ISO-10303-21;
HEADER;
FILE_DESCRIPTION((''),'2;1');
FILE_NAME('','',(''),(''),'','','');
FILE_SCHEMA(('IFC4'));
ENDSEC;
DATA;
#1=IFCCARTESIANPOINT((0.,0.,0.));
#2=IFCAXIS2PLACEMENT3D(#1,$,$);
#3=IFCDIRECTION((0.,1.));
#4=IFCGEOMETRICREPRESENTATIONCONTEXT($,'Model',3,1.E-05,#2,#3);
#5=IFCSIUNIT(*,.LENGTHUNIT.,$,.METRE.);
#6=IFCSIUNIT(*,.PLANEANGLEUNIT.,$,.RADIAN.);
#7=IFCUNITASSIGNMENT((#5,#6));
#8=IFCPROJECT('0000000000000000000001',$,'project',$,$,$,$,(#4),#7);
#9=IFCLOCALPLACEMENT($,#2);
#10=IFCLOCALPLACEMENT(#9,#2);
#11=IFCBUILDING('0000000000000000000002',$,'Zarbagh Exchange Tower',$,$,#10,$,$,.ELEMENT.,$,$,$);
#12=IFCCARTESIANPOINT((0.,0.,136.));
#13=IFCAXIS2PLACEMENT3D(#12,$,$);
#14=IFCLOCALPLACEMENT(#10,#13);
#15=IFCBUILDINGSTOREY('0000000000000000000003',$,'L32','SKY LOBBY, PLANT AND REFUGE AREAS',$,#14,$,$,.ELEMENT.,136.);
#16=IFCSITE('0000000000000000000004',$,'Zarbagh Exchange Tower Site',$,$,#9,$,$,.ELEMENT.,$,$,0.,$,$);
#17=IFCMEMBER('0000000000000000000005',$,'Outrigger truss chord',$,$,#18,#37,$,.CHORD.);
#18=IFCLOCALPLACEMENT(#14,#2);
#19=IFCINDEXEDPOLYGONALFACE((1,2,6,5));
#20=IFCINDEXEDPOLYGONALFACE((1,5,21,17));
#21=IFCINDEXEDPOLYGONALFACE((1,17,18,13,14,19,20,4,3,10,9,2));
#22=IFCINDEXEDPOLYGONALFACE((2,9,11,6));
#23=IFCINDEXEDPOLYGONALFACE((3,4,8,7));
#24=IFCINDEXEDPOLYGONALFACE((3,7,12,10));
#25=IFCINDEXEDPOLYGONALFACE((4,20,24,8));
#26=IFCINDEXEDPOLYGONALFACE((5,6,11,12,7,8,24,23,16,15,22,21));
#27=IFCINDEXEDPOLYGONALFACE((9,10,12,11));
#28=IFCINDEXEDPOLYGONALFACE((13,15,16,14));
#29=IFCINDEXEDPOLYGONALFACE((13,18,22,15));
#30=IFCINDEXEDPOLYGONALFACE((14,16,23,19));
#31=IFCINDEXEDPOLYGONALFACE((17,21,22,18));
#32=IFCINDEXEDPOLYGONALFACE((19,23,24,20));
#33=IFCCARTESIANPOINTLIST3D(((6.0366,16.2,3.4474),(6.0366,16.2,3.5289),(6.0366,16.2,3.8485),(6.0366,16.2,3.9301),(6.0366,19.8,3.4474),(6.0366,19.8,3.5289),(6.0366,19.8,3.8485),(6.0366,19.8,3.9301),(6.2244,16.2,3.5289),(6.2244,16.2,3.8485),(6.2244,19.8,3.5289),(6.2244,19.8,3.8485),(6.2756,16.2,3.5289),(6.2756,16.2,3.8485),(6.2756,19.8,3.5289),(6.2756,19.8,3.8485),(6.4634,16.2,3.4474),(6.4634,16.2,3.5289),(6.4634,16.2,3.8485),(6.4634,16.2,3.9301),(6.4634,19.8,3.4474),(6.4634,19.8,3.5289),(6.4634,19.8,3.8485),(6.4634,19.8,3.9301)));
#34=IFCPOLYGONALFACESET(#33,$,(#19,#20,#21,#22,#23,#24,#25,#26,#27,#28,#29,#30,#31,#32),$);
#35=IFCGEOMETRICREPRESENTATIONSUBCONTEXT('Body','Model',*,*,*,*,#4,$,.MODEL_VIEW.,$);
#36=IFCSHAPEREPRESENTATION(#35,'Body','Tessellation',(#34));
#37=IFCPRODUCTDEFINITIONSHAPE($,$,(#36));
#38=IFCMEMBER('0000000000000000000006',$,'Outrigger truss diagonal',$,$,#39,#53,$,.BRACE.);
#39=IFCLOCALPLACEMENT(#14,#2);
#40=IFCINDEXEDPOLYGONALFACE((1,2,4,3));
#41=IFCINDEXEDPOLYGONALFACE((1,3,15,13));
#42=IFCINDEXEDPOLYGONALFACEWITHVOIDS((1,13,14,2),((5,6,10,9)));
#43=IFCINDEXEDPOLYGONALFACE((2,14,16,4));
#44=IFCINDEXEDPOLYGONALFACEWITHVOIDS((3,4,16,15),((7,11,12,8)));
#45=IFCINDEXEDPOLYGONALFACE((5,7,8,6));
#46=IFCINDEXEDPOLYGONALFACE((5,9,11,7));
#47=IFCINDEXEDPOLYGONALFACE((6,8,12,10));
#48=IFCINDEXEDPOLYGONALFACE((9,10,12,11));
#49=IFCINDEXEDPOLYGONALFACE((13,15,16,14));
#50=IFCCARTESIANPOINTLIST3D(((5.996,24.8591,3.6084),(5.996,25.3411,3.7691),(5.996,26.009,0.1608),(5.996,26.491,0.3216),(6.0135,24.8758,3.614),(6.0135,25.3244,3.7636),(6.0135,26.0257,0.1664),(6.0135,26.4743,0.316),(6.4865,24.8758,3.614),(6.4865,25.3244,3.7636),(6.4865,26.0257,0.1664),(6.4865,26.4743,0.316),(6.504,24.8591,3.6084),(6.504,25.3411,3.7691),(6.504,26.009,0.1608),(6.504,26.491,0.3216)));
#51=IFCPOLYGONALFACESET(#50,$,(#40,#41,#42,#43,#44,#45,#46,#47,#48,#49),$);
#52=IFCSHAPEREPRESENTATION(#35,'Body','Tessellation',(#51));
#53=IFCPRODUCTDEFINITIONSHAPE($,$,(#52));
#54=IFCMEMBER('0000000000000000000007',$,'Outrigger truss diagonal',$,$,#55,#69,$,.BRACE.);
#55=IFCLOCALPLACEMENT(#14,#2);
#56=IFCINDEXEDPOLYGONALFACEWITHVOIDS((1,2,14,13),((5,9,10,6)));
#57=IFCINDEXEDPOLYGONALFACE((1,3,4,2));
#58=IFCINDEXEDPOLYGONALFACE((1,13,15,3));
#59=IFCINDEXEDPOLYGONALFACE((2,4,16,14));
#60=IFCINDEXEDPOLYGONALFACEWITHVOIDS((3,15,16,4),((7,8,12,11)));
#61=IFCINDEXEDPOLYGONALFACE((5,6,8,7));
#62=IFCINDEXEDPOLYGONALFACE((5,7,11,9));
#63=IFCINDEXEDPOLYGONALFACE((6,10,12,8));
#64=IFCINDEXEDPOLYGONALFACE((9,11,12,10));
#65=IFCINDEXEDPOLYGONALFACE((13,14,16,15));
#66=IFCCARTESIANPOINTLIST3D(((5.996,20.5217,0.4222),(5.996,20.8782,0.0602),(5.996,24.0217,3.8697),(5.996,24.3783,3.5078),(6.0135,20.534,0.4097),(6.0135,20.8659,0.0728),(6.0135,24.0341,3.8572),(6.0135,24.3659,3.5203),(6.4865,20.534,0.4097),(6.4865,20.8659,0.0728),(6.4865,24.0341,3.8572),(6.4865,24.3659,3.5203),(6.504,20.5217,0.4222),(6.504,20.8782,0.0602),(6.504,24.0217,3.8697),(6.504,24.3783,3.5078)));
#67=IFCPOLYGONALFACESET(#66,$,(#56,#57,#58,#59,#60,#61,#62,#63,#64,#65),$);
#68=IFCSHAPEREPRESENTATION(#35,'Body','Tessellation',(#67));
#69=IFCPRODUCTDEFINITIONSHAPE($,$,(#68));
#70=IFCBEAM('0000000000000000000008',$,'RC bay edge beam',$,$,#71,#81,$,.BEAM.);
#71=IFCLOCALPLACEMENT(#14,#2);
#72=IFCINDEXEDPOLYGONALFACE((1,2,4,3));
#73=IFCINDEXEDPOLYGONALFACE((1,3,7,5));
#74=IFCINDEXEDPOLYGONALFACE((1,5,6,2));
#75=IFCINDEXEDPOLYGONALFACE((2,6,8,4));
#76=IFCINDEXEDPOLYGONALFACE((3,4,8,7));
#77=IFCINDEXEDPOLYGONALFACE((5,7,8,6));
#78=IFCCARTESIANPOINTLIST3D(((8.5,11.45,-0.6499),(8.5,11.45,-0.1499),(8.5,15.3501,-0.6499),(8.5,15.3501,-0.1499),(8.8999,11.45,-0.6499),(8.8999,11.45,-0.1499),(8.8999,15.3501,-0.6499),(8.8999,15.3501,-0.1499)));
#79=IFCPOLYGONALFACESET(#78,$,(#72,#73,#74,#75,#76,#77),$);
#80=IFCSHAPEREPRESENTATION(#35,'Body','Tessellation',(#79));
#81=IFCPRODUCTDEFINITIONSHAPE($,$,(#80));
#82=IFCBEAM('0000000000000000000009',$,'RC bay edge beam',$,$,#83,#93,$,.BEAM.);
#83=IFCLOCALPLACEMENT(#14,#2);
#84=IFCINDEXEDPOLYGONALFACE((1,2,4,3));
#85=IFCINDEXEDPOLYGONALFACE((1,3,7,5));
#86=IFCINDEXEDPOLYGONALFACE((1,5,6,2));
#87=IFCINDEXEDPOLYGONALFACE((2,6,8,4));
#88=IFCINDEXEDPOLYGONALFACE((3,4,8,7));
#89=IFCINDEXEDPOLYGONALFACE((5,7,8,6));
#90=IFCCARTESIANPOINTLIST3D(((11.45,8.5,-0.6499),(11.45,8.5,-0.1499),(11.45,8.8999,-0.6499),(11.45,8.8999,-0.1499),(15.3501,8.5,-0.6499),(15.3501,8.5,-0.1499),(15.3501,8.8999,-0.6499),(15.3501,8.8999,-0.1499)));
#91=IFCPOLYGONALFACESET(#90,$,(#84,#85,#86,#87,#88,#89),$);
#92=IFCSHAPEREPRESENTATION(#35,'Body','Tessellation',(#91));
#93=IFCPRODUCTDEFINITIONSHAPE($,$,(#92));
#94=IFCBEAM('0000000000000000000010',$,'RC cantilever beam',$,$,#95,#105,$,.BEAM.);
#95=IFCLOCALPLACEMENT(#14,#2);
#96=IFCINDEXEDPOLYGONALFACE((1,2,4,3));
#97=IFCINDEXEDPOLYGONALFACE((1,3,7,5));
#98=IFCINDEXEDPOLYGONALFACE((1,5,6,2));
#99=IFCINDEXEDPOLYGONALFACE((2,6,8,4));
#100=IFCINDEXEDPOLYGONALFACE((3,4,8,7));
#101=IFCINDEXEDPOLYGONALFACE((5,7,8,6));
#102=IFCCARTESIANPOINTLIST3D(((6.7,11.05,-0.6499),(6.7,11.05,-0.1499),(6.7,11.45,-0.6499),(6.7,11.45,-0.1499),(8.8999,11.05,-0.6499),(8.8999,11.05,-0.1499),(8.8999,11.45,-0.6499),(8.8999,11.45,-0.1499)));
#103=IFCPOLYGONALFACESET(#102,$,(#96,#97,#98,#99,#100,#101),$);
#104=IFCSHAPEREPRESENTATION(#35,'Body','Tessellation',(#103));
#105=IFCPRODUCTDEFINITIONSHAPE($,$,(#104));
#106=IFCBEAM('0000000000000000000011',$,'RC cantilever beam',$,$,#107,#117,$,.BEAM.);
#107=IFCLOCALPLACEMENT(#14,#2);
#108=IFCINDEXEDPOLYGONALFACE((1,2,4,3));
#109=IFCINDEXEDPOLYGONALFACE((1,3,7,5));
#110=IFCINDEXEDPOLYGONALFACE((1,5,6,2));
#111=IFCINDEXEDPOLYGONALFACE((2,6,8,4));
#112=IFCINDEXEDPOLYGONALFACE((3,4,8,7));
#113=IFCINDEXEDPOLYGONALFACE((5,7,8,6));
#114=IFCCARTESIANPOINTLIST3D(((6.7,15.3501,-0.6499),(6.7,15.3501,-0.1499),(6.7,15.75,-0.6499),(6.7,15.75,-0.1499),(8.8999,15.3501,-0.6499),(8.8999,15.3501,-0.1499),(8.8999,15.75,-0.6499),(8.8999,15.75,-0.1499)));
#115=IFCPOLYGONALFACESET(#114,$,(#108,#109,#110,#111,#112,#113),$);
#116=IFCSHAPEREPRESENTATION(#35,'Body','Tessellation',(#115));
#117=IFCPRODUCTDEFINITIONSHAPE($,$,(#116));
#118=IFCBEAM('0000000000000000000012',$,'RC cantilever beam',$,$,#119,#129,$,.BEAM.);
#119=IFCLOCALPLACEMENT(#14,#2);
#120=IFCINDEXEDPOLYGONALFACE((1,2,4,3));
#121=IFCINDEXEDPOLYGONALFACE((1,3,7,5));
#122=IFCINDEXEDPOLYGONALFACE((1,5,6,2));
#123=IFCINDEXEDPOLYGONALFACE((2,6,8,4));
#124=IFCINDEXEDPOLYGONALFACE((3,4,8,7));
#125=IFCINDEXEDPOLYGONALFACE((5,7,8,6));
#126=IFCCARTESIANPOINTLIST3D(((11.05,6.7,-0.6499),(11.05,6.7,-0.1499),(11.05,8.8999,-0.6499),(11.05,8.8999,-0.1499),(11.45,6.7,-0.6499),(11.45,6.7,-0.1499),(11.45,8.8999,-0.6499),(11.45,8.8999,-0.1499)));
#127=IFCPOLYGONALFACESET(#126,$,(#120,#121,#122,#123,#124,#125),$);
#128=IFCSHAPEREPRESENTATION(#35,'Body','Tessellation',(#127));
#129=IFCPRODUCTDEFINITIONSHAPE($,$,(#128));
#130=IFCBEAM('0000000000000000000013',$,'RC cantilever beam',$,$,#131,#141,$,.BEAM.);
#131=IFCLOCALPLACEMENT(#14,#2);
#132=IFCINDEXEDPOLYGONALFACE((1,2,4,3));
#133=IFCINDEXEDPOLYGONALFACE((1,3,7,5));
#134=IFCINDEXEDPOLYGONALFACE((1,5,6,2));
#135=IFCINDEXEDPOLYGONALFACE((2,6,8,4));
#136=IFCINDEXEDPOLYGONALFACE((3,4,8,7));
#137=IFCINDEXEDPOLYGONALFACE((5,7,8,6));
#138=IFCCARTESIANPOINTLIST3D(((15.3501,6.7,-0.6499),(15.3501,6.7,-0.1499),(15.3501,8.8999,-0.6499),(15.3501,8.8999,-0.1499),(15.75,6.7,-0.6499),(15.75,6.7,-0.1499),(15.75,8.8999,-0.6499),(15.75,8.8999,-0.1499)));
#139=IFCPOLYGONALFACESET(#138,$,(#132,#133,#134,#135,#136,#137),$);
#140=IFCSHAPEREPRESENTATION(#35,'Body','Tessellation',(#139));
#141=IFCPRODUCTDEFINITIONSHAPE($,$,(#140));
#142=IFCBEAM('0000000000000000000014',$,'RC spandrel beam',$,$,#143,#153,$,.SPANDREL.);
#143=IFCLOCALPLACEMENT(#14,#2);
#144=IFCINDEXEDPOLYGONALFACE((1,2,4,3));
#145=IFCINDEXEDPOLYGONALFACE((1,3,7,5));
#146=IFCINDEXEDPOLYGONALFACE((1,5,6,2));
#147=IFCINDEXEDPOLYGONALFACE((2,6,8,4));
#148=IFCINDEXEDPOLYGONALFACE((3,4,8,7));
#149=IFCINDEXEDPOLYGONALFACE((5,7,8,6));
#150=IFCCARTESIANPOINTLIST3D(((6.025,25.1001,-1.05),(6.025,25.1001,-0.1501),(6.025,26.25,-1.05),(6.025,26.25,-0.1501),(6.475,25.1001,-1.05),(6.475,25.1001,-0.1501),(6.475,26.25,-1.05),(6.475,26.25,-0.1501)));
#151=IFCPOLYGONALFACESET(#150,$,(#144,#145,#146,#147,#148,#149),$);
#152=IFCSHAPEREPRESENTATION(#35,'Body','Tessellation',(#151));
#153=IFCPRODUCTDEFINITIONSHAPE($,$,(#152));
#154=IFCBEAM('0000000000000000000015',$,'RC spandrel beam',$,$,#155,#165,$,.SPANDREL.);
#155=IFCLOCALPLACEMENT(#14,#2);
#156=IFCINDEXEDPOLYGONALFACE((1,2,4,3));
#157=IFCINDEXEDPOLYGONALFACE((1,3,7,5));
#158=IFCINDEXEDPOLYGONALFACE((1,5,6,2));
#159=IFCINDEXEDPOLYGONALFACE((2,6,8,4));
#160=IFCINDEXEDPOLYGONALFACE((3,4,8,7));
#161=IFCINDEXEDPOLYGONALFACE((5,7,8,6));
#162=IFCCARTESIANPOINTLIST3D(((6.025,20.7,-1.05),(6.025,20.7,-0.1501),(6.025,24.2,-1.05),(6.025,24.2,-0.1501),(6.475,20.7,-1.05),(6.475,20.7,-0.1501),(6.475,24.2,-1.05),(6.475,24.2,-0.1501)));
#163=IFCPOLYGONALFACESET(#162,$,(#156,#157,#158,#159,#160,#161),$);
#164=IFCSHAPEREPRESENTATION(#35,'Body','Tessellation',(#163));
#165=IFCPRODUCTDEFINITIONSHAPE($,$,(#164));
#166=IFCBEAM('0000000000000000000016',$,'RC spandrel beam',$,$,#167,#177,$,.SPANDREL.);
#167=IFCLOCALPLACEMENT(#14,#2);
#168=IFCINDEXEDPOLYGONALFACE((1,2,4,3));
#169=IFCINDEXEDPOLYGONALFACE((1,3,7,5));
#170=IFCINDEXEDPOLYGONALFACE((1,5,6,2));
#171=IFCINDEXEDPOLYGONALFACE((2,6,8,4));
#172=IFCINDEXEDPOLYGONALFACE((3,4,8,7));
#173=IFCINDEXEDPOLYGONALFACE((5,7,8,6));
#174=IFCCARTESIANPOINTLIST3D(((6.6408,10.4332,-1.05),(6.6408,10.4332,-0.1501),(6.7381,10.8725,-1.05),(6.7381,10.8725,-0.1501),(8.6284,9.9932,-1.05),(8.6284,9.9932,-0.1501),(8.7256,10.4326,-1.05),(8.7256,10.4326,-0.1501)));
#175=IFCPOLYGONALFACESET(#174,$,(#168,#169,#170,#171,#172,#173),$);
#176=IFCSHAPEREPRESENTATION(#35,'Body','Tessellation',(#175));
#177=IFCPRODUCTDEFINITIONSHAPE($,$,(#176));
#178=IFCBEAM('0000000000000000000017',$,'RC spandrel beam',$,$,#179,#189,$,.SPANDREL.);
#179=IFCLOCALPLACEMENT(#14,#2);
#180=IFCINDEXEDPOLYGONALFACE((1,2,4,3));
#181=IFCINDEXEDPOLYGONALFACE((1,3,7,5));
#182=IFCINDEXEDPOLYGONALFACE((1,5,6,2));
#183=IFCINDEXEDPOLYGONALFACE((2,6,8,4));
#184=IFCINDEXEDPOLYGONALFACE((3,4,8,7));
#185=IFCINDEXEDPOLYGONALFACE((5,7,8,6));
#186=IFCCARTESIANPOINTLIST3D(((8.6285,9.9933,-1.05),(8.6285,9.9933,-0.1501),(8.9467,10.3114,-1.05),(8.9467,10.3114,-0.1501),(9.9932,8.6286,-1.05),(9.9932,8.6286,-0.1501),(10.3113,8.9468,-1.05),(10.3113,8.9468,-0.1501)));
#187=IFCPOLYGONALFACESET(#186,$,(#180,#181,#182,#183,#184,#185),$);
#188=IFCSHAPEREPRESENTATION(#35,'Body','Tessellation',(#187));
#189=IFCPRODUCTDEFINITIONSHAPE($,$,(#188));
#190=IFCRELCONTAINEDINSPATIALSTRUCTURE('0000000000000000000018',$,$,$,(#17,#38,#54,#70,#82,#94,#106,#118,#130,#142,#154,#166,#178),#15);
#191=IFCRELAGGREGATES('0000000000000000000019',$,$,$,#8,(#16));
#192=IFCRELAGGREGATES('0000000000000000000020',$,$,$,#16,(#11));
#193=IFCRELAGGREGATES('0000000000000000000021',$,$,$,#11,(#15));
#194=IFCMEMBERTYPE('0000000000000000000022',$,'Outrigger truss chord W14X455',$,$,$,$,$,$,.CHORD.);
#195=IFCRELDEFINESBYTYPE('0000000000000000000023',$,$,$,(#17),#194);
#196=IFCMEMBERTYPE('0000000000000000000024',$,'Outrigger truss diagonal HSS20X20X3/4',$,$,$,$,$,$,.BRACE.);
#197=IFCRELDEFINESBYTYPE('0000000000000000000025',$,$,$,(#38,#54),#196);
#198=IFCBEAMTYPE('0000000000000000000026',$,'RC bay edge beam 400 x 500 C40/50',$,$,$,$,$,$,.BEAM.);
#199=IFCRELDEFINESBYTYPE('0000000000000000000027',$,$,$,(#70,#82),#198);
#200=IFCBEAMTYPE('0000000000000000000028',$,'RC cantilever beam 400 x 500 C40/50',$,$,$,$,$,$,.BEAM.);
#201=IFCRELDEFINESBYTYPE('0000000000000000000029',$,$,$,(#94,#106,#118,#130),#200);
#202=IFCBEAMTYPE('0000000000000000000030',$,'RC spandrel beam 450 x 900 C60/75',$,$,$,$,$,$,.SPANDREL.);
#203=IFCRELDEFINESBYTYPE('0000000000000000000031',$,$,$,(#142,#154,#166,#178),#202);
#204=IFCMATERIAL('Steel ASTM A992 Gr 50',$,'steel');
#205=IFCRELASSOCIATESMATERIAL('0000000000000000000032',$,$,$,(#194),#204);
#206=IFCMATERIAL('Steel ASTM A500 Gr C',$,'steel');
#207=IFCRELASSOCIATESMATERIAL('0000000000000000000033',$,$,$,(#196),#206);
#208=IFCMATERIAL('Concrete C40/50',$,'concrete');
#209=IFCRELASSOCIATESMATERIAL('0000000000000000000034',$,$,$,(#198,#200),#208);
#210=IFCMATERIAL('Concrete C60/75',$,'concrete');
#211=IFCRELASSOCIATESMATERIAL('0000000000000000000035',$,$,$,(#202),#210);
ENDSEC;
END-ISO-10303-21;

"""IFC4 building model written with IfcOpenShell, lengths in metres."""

from ifc_helpers import new_model, si_unit, direction, frame, origin, origin_2d, place, context, subcontext, project, spatial, rectangle, hollow_rectangle, i_section, extrude, material, material_profile, profile_set, type_object, element, save


model = new_model("IFC4")

# Units and contexts
model_context = context("Model", 3, precision=1e-05, world=origin(), true_north=direction((0.0, 1.0)))
body_context = subcontext(model_context, "Body", "Model", "MODEL_VIEW")
ifc_project = project(units=[si_unit("LENGTHUNIT", "METRE"), si_unit("PLANEANGLEUNIT", "RADIAN")], contexts=[model_context])

# Site, building, storey
site_placement = place(None, origin())
site = spatial("IfcSite", under=ifc_project, at=site_placement, Name="Zarbagh Exchange Tower Site", CompositionType="ELEMENT", RefElevation=0.0)
building_placement = place(site_placement, origin())
building = spatial("IfcBuilding", under=site, at=building_placement, Name="Zarbagh Exchange Tower", CompositionType="ELEMENT")
storey_placement = place(building_placement, frame((0.0, 0.0, 136.0)))
storey = spatial("IfcBuildingStorey", under=building, at=storey_placement, Name="L32", Description="SKY LOBBY, PLANT AND REFUGE AREAS", CompositionType="ELEMENT", Elevation=136.0)

# Shared definitions
ifc_material_1 = material(Name="Concrete C60/75", Category="concrete")

# Members
ifc_material_2 = material(Name="Steel ASTM A992 Gr 50", Category="steel")
ifc_material_3 = material(Name="Steel ASTM A500 Gr C", Category="steel")
ifc_material_profile_1 = material_profile(ifc_material_2, i_section(OverallWidth=0.4268, OverallDepth=0.4827, WebThickness=0.0513, FlangeThickness=0.0815, at=origin_2d()), Name="W14X455")
ifc_profile_set_1 = profile_set([ifc_material_profile_1], Name="Steel ASTM A992 Gr 50")
member_type_1 = type_object("IfcMemberType", Name="Outrigger truss chord W14X455", PredefinedType="CHORD", material=ifc_profile_set_1)
member_1_placement = place(storey_placement, frame((6.25, 19.8, 3.6887), z_axis=(0.0, -1.0, 0.0), x_axis=(1.0, 0.0, 0.0)))
element("IfcMember", 1, at=member_1_placement, inside=storey, type_object=member_type_1, Name="Outrigger truss chord", PredefinedType="CHORD", context=body_context, shape_type="SweptSolid", body=[
    extrude(i_section(OverallWidth=0.4268, OverallDepth=0.4827, WebThickness=0.0513, FlangeThickness=0.0815, at=origin_2d()), origin(), (0.0, 0.0, 1.0), 3.6001),
])
ifc_material_profile_2 = material_profile(ifc_material_3, hollow_rectangle(XDim=0.5081, YDim=0.5081, WallThickness=0.0176, at=origin_2d()), Name="HSS20X20X3/4")
ifc_profile_set_2 = profile_set([ifc_material_profile_2], Name="Steel ASTM A500 Gr C")
member_type_2 = type_object("IfcMemberType", Name="Outrigger truss diagonal HSS20X20X3/4", PredefinedType="BRACE", material=ifc_profile_set_2)
member_2_placement = place(storey_placement, frame((6.25, 26.25, 0.2412), z_axis=(0.0, -0.316409, 0.948623), x_axis=(1.0, 0.0, 0.0)))
element("IfcMember", 2, at=member_2_placement, inside=storey, type_object=member_type_2, Name="Outrigger truss diagonal", PredefinedType="BRACE", context=body_context, shape_type="SweptSolid", body=[
    extrude(hollow_rectangle(XDim=0.5081, YDim=0.5081, WallThickness=0.0176, at=origin_2d()), origin(), (0.0, 0.0, 1.0), 3.6343),
])
member_3_placement = place(storey_placement, frame((6.25, 20.7, 0.2412), z_axis=(0.0, 0.712429, 0.701744), x_axis=(-1.0, 0.0, 0.0)))
element("IfcMember", 3, at=member_3_placement, inside=storey, type_object=member_type_2, Name="Outrigger truss diagonal", PredefinedType="BRACE", context=body_context, shape_type="SweptSolid", body=[
    extrude(hollow_rectangle(XDim=0.5081, YDim=0.5081, WallThickness=0.0176, at=origin_2d()), origin(), (0.0, 0.0, 1.0), 4.9128),
])

# Beams
ifc_material_4 = material(Name="Concrete C40/50", Category="concrete")
ifc_material_profile_3 = material_profile(ifc_material_4, rectangle(XDim=0.3999, YDim=0.5, at=origin_2d()), Name="RC bay edge beam 400 x 500 C40/50")
ifc_profile_set_3 = profile_set([ifc_material_profile_3], Name="Concrete C40/50")
beam_type_1 = type_object("IfcBeamType", Name="RC bay edge beam 400 x 500 C40/50", PredefinedType="BEAM", material=ifc_profile_set_3)
for number, where, z_axis, x_axis, name in (
    (4, (8.7, 11.45, -0.3999), (0.0, 1.0, 0.0), (-1.0, 0.0, 0.0), "RC bay edge beam"),
    (5, (11.45, 8.7, -0.3999), (1.0, 0.0, 0.0), (0.0, 1.0, 0.0), "RC bay edge beam"),
):
    element("IfcBeam", number, at=place(storey_placement, frame(where, z_axis=z_axis, x_axis=x_axis)), inside=storey, type_object=beam_type_1, Name=name, PredefinedType="BEAM", context=body_context, shape_type="SweptSolid", body=[
        extrude(rectangle(XDim=0.3999, YDim=0.5, at=origin_2d()), origin(), (0.0, 0.0, 1.0), 3.9001),
    ])
ifc_material_profile_4 = material_profile(ifc_material_4, rectangle(XDim=0.3999, YDim=0.5, at=origin_2d()), Name="RC cantilever beam 400 x 500 C40/50")
ifc_profile_set_4 = profile_set([ifc_material_profile_4], Name="Concrete C40/50")
beam_type_2 = type_object("IfcBeamType", Name="RC cantilever beam 400 x 500 C40/50", PredefinedType="BEAM", material=ifc_profile_set_4)
for number, where, z_axis, x_axis, name in (
    (6, (6.7, 11.25, -0.3999), (1.0, 0.0, 0.0), (0.0, 1.0, 0.0), "RC cantilever beam"),
    (7, (6.7, 15.55, -0.3999), (1.0, 0.0, 0.0), (0.0, 1.0, 0.0), "RC cantilever beam"),
    (8, (11.25, 6.7, -0.3999), (0.0, 1.0, 0.0), (-1.0, 0.0, 0.0), "RC cantilever beam"),
    (9, (15.55, 6.7, -0.3999), (0.0, 1.0, 0.0), (-1.0, 0.0, 0.0), "RC cantilever beam"),
):
    element("IfcBeam", number, at=place(storey_placement, frame(where, z_axis=z_axis, x_axis=x_axis)), inside=storey, type_object=beam_type_2, Name=name, PredefinedType="BEAM", context=body_context, shape_type="SweptSolid", body=[
        extrude(rectangle(XDim=0.3999, YDim=0.5, at=origin_2d()), origin(), (0.0, 0.0, 1.0), 2.2),
    ])
ifc_material_profile_5 = material_profile(ifc_material_1, rectangle(XDim=0.45, YDim=0.8999, at=origin_2d()), Name="RC spandrel beam 450 x 900 C60/75")
ifc_profile_set_5 = profile_set([ifc_material_profile_5], Name="Concrete C60/75")
beam_type_3 = type_object("IfcBeamType", Name="RC spandrel beam 450 x 900 C60/75", PredefinedType="SPANDREL", material=ifc_profile_set_5)
beam_1_placement = place(storey_placement, frame((6.25, 26.25, -0.6001), z_axis=(0.0, -1.0, 0.0), x_axis=(1.0, 0.0, 0.0)))
element("IfcBeam", 10, at=beam_1_placement, inside=storey, type_object=beam_type_3, Name="RC spandrel beam", PredefinedType="SPANDREL", context=body_context, shape_type="SweptSolid", body=[
    extrude(rectangle(XDim=0.45, YDim=0.8999, at=origin_2d()), origin(), (0.0, 0.0, 1.0), 1.1499),
])
beam_2_placement = place(storey_placement, frame((6.25, 24.2, -0.6001), z_axis=(0.0, -1.0, 0.0), x_axis=(1.0, 0.0, 0.0)))
element("IfcBeam", 11, at=beam_2_placement, inside=storey, type_object=beam_type_3, Name="RC spandrel beam", PredefinedType="SPANDREL", context=body_context, shape_type="SweptSolid", body=[
    extrude(rectangle(XDim=0.45, YDim=0.8999, at=origin_2d()), origin(), (0.0, 0.0, 1.0), 3.5),
])
beam_3_placement = place(storey_placement, frame((6.6895, 10.6528, -0.6001), z_axis=(0.976367, -0.216118, 0.0), x_axis=(0.216118, 0.976367, 0.0)))
element("IfcBeam", 12, at=beam_3_placement, inside=storey, type_object=beam_type_3, Name="RC spandrel beam", PredefinedType="SPANDREL", context=body_context, shape_type="SweptSolid", body=[
    extrude(rectangle(XDim=0.45, YDim=0.8999, at=origin_2d()), origin(), (0.0, 0.0, 1.0), 2.0356),
])
beam_4_placement = place(storey_placement, frame((8.7876, 10.1523, -0.6001), z_axis=(0.707107, -0.707107, 0.0), x_axis=(0.707107, 0.707107, 0.0)))
element("IfcBeam", 13, at=beam_4_placement, inside=storey, type_object=beam_type_3, Name="RC spandrel beam", PredefinedType="SPANDREL", context=body_context, shape_type="SweptSolid", body=[
    extrude(rectangle(XDim=0.45, YDim=0.8999, at=origin_2d()), origin(), (0.0, 0.0, 1.0), 1.9299),
])

save(model, "model.ifc")
